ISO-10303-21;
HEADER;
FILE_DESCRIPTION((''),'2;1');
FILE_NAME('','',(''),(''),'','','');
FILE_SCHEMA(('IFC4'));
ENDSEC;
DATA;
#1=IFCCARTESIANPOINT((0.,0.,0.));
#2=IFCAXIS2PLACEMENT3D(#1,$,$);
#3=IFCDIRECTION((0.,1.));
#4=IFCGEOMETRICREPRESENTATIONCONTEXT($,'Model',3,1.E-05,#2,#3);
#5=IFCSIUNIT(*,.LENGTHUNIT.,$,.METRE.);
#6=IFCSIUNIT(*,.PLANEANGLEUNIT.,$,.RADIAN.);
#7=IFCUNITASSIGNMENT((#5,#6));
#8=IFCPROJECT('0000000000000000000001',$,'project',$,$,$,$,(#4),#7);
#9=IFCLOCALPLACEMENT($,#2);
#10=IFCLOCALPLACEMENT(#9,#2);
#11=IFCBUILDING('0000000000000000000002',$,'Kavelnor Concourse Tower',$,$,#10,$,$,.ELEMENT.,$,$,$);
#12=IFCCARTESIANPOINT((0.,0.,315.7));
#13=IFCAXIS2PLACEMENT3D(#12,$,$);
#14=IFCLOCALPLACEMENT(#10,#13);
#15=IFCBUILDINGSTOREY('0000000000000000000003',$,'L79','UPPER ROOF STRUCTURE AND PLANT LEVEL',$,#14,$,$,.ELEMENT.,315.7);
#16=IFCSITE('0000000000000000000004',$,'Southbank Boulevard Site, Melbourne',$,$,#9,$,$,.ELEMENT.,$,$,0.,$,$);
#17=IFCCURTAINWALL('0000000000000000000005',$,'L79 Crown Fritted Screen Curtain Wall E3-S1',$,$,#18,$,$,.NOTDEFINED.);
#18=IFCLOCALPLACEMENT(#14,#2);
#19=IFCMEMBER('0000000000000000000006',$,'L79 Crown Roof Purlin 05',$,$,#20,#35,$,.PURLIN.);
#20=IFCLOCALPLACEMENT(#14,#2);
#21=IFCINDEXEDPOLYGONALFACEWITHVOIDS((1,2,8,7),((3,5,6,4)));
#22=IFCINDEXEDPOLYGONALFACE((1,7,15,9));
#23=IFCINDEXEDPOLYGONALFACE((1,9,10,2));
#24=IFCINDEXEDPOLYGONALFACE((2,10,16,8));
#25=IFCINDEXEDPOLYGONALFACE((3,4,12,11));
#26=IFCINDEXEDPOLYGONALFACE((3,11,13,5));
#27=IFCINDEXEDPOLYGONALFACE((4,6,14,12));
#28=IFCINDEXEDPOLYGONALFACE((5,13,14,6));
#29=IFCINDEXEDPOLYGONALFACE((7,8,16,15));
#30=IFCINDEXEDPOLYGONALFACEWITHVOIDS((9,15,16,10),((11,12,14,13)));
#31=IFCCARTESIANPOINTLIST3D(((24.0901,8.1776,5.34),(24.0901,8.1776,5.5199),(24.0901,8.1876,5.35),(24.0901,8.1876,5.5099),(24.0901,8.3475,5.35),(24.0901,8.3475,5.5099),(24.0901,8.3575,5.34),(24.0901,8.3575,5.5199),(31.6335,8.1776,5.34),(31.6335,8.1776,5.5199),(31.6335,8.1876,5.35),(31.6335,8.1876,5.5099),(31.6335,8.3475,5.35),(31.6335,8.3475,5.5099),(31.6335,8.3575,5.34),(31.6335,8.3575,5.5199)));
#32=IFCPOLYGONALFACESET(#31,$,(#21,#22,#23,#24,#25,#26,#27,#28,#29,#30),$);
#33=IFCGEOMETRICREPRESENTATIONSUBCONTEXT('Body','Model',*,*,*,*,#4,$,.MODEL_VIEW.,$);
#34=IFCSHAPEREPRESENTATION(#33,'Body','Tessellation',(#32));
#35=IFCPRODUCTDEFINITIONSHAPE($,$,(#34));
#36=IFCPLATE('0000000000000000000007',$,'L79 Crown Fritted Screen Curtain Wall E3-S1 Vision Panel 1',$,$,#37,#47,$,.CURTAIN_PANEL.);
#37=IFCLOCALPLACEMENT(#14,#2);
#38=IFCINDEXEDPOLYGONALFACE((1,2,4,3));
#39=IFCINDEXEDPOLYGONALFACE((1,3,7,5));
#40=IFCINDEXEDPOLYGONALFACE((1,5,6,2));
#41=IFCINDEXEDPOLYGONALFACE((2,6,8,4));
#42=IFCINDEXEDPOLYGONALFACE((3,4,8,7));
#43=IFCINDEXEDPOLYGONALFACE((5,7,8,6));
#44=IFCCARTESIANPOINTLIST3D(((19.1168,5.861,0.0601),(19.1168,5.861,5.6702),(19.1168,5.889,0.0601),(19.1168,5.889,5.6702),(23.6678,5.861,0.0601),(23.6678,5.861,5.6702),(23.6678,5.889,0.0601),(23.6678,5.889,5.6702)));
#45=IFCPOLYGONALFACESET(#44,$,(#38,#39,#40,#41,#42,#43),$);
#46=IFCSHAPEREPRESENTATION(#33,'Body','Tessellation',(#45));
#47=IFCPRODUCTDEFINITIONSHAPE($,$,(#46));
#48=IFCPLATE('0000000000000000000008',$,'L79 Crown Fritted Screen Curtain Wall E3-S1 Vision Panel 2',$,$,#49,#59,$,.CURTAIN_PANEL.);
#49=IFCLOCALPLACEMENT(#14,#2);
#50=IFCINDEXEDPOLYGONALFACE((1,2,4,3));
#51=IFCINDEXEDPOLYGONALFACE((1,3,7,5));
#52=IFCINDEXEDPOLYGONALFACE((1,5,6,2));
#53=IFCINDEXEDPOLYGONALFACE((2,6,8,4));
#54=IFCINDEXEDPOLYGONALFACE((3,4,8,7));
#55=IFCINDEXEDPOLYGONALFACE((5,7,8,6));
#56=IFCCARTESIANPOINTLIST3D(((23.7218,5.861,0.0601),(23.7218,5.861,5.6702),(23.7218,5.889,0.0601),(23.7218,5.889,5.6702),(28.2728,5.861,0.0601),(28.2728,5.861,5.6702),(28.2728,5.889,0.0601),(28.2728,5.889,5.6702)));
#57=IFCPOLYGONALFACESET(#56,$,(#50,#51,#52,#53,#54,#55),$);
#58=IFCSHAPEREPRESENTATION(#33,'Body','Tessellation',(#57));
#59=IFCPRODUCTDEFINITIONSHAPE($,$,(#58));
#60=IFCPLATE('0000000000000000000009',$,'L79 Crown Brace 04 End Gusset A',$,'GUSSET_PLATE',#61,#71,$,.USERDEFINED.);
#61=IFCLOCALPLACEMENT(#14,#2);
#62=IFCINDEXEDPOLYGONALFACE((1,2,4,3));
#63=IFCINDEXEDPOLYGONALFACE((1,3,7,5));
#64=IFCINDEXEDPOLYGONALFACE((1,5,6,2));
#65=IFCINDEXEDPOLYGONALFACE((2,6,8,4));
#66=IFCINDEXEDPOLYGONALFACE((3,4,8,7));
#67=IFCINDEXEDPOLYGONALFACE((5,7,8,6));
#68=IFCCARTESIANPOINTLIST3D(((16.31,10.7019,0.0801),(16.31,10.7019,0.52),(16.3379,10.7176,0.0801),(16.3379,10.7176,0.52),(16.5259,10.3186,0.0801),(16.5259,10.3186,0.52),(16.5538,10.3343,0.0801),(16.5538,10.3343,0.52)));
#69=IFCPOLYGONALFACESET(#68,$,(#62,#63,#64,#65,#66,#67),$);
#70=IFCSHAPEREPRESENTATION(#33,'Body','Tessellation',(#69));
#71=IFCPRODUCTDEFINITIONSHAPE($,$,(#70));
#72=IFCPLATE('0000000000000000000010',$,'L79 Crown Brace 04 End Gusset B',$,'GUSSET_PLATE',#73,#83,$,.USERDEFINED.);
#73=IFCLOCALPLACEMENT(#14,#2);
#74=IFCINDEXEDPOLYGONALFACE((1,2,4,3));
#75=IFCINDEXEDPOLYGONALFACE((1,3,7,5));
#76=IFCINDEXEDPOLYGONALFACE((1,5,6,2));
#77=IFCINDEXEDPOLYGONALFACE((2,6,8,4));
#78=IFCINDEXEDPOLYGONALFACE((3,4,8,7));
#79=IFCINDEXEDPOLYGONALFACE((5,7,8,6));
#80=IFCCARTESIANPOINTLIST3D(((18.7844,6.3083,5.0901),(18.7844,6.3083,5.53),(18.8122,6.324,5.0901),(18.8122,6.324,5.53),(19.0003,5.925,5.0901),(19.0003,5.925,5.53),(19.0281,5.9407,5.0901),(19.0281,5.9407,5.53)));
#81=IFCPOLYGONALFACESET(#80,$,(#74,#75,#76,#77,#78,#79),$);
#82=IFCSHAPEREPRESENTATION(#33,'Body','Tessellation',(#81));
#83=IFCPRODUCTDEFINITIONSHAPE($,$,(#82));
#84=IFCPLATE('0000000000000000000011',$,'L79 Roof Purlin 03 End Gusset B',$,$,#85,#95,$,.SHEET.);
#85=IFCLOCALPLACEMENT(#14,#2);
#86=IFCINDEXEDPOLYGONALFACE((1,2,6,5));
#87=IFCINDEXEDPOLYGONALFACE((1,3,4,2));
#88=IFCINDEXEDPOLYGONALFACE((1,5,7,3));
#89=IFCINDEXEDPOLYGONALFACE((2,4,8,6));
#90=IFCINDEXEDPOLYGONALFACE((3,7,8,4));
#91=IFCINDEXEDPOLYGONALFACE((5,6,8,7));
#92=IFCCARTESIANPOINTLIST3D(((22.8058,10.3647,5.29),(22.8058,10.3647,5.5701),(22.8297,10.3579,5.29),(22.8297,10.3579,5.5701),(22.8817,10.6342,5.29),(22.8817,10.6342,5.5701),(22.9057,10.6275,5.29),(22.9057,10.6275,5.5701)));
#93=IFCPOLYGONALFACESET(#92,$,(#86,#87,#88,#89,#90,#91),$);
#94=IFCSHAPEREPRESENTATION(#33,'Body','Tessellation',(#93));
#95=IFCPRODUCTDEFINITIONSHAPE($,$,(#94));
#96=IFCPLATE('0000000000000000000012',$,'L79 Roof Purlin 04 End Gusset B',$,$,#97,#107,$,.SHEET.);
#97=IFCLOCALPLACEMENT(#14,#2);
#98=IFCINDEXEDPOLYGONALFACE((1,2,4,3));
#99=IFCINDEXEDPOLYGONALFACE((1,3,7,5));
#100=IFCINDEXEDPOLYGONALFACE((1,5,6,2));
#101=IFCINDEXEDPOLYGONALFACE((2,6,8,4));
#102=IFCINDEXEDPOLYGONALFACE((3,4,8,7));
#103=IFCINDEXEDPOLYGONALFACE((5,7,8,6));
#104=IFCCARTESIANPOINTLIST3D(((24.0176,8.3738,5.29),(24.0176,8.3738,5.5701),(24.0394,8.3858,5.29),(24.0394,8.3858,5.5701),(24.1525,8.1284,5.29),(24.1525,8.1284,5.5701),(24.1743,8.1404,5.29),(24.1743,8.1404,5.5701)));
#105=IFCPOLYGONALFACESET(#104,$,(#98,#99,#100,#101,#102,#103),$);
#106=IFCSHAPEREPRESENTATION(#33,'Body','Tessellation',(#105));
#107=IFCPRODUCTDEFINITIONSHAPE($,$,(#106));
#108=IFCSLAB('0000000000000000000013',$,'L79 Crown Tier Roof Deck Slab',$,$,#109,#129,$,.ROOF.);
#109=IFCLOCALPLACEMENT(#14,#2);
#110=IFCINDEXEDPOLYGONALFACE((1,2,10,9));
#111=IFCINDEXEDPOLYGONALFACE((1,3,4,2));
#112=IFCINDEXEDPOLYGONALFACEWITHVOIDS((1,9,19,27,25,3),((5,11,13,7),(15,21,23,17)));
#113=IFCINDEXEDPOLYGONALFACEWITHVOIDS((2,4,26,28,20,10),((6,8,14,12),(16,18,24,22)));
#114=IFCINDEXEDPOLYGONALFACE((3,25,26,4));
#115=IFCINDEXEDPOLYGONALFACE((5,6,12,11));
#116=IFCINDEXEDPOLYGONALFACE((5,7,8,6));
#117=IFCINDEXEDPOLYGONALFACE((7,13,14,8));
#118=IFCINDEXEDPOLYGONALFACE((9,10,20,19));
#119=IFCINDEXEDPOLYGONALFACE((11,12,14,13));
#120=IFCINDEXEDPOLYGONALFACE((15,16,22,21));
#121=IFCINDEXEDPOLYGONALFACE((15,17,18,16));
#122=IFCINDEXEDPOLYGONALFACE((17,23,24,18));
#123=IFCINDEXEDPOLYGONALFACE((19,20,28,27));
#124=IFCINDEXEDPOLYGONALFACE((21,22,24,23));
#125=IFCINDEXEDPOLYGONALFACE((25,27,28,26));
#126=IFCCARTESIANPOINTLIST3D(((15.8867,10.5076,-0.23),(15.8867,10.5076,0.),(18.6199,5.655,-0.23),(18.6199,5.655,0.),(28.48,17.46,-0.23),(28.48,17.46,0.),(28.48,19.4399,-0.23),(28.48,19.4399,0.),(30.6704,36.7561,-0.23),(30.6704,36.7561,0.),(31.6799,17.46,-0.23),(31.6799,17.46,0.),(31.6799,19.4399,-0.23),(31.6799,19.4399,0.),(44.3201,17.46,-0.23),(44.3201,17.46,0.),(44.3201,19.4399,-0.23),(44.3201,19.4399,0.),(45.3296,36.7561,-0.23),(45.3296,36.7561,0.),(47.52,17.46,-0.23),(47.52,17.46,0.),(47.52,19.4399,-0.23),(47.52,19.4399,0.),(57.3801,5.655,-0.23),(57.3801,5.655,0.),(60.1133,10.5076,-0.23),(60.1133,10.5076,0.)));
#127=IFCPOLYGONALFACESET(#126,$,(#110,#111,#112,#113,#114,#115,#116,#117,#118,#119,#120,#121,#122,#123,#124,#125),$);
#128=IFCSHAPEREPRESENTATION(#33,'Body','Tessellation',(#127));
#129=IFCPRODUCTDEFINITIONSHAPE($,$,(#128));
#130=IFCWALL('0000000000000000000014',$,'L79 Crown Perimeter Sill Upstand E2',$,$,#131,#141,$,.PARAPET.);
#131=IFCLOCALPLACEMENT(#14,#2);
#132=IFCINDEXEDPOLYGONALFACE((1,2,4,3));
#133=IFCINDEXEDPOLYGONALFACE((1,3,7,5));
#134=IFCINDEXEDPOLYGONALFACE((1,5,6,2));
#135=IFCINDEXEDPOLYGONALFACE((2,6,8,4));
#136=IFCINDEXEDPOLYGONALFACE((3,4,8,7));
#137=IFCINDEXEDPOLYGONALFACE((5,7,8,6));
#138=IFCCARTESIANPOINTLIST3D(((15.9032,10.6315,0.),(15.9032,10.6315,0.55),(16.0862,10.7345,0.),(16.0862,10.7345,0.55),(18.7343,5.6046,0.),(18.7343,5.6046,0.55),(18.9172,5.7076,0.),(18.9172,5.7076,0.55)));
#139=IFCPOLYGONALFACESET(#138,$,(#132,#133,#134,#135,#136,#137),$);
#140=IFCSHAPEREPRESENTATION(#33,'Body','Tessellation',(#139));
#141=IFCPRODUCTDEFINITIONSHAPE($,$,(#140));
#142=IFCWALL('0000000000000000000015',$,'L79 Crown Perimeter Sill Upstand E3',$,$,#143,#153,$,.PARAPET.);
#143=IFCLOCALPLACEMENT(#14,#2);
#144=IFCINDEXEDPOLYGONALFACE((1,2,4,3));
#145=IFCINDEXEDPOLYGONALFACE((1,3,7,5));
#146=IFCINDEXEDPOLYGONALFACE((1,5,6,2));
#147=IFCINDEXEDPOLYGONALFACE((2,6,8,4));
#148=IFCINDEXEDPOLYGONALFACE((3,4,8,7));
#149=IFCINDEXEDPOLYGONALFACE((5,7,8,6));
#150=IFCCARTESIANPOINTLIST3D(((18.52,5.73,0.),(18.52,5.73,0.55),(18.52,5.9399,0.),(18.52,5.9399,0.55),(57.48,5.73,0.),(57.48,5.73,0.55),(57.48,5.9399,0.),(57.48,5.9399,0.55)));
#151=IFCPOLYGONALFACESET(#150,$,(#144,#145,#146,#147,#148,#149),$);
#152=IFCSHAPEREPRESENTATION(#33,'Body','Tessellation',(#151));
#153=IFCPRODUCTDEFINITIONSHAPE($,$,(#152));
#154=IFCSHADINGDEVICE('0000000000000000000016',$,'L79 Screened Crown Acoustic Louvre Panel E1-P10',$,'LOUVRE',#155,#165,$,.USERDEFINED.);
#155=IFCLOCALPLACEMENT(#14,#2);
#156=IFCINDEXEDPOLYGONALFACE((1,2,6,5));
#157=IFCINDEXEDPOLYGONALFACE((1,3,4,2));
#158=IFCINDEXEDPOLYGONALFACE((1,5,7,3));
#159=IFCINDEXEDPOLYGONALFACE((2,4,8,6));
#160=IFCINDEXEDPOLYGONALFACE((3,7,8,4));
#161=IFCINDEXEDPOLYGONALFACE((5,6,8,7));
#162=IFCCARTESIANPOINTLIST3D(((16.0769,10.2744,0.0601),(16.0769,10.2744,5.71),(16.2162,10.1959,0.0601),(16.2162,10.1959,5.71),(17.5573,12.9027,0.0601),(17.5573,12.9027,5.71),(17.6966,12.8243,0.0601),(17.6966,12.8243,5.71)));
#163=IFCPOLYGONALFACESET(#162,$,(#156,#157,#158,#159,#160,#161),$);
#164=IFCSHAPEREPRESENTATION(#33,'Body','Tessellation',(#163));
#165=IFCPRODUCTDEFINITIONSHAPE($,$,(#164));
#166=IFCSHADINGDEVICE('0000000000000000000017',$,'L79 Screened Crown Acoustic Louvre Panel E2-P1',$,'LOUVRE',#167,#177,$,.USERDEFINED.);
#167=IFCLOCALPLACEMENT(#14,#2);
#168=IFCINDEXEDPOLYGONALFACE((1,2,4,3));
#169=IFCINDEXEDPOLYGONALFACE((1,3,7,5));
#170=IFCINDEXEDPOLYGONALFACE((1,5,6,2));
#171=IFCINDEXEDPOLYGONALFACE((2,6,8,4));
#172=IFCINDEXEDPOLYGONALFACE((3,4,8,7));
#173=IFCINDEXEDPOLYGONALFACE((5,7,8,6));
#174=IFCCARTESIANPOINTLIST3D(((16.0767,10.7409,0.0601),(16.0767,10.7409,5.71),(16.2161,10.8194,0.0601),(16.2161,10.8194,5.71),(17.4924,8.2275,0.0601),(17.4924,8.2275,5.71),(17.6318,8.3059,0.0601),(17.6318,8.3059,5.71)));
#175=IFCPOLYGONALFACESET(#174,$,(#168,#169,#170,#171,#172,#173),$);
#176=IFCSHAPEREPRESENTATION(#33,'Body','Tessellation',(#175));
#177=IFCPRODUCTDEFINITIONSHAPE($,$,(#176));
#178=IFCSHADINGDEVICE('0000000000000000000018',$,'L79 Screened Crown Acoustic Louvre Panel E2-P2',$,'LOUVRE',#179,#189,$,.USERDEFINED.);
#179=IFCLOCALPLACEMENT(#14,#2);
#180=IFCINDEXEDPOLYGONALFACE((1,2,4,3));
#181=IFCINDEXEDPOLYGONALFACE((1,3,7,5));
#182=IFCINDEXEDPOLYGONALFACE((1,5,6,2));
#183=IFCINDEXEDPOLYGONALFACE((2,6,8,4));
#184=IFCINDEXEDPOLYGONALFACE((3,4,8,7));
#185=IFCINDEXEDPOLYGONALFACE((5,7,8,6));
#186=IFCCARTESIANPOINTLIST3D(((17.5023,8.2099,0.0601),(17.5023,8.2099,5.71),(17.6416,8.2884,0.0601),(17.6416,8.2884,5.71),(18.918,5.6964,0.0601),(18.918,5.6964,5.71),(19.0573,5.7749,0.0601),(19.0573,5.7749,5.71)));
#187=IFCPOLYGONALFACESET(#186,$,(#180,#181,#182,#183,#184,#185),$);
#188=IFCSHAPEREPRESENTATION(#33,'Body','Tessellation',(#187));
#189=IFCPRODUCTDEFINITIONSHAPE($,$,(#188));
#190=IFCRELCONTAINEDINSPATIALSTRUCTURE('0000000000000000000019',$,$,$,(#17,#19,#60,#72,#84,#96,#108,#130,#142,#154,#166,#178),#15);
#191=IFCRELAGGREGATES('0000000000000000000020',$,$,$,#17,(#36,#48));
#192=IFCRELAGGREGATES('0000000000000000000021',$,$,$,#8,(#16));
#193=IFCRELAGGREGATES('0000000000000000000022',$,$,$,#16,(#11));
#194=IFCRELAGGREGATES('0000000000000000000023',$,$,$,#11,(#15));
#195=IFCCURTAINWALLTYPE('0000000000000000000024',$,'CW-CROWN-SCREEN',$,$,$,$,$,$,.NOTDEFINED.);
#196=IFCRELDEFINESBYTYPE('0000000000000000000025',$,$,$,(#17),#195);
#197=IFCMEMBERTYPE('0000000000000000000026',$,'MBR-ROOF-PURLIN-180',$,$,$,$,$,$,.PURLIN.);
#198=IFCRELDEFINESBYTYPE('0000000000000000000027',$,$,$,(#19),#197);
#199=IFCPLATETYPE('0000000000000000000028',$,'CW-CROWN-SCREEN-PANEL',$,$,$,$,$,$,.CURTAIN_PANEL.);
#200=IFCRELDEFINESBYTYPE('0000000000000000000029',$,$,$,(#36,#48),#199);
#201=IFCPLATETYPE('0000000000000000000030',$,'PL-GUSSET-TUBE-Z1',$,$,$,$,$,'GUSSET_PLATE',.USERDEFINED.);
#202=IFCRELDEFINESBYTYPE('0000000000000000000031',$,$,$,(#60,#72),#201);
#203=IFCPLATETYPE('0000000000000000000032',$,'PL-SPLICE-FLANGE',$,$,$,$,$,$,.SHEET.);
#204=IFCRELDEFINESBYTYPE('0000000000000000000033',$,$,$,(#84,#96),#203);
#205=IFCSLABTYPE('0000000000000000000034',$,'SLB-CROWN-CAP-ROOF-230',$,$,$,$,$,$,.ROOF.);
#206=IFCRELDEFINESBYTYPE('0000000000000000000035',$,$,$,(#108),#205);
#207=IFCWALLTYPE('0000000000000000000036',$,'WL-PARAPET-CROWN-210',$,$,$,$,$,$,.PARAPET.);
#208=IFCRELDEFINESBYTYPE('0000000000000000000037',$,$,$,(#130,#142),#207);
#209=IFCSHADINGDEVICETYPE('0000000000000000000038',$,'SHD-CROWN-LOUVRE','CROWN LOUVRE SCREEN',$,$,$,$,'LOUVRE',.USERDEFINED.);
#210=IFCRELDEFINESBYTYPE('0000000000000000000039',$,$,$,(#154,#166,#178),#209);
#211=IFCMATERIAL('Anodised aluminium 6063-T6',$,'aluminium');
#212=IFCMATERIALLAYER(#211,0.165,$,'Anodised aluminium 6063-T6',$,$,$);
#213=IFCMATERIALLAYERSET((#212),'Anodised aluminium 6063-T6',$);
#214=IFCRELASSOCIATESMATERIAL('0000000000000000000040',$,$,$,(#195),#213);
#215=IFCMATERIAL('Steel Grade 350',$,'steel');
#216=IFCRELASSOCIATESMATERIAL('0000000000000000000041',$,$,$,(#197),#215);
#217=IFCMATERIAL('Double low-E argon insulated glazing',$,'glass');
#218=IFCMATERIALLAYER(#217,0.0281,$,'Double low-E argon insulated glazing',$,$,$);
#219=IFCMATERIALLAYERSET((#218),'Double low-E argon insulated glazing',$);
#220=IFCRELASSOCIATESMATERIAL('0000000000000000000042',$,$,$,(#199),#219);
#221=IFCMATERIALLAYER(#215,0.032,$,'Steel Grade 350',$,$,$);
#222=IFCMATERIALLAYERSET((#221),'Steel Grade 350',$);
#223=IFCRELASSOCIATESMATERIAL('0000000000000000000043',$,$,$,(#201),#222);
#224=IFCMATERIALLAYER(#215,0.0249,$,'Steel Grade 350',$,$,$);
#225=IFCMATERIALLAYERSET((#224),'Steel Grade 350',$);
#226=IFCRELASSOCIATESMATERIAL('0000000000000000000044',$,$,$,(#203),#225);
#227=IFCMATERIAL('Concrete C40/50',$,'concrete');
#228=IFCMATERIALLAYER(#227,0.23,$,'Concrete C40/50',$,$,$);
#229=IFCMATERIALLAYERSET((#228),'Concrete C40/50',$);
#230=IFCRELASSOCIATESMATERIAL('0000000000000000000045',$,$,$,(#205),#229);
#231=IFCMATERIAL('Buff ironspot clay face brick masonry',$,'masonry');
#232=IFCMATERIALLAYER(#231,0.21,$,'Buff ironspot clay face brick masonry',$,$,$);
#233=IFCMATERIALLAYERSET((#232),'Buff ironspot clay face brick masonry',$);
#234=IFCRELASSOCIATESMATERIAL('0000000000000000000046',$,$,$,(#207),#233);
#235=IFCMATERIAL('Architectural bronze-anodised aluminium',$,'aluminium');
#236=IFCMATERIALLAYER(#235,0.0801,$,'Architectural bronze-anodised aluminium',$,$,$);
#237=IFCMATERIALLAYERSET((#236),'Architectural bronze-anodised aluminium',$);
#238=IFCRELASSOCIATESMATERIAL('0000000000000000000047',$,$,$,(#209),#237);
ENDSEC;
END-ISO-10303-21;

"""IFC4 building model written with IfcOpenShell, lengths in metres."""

from ifc_helpers import new_model, si_unit, direction, frame, frame_2d, origin, origin_2d, place, context, subcontext, project, spatial, polyline, rectangle, hollow_rectangle, outline, extrude, material, layer, layer_set, material_profile, profile_set, type_object, element, aggregate, save


model = new_model("IFC4")

# Units and contexts
model_context = context("Model", 3, precision=1e-05, world=origin(), true_north=direction((0.0, 1.0)))
body_context = subcontext(model_context, "Body", "Model", "MODEL_VIEW")
ifc_project = project(units=[si_unit("LENGTHUNIT", "METRE"), si_unit("PLANEANGLEUNIT", "RADIAN")], contexts=[model_context])

# Site, building, storey
site_placement = place(None, origin())
site = spatial("IfcSite", under=ifc_project, at=site_placement, Name="Southbank Boulevard Site, Melbourne", CompositionType="ELEMENT", RefElevation=0.0)
building_placement = place(site_placement, origin())
building = spatial("IfcBuilding", under=site, at=building_placement, Name="Kavelnor Concourse Tower", CompositionType="ELEMENT")
storey_placement = place(building_placement, frame((0.0, 0.0, 315.7)))
storey = spatial("IfcBuildingStorey", under=building, at=storey_placement, Name="L79", Description="UPPER ROOF STRUCTURE AND PLANT LEVEL", CompositionType="ELEMENT", Elevation=315.7)

# Shared definitions
ifc_material_1 = material(Name="Steel Grade 350", Category="steel")

# Shared definitions
ifc_material_2 = material(Name="Anodised aluminium 6063-T6", Category="aluminium")
ifc_layer_1 = layer(ifc_material_2, 0.165, Name="Anodised aluminium 6063-T6")
ifc_layer_set_1 = layer_set([ifc_layer_1], Name="Anodised aluminium 6063-T6")
curtain_wall_type = type_object("IfcCurtainWallType", Name="CW-CROWN-SCREEN", PredefinedType="NOTDEFINED", material=ifc_layer_set_1)

# Curtain wall
curtain_wall_1_placement = place(storey_placement, origin())
curtain_wall_1 = element("IfcCurtainWall", 1, at=curtain_wall_1_placement, inside=storey, type_object=curtain_wall_type, Name="L79 Crown Fritted Screen Curtain Wall E3-S1", PredefinedType="NOTDEFINED")

# Member
ifc_material_profile_1 = material_profile(ifc_material_1, hollow_rectangle(XDim=0.1799, YDim=0.1799, WallThickness=0.01, at=origin_2d()), Name="SHS 180x180x10")
ifc_profile_set_1 = profile_set([ifc_material_profile_1], Name="Steel Grade 350")
member_type_1 = type_object("IfcMemberType", Name="MBR-ROOF-PURLIN-180", PredefinedType="PURLIN", material=ifc_profile_set_1)
member_1_placement = place(storey_placement, frame((24.0901, 8.2676, 5.4299), z_axis=(1.0, 0.0, 0.0), x_axis=(0.0, 1.0, 0.0)))
element("IfcMember", 2, at=member_1_placement, inside=storey, type_object=member_type_1, Name="L79 Crown Roof Purlin 05", PredefinedType="PURLIN", context=body_context, shape_type="SweptSolid", body=[
    extrude(hollow_rectangle(XDim=0.1799, YDim=0.1799, WallThickness=0.01, at=origin_2d()), origin(), (0.0, 0.0, 1.0), 7.5435),
])

# Plates
ifc_material_3 = material(Name="Double low-E argon insulated glazing", Category="glass")
ifc_layer_2 = layer(ifc_material_3, 0.0281, Name="Double low-E argon insulated glazing")
ifc_layer_set_2 = layer_set([ifc_layer_2], Name="Double low-E argon insulated glazing")
plate_type_1 = type_object("IfcPlateType", Name="CW-CROWN-SCREEN-PANEL", PredefinedType="CURTAIN_PANEL", material=ifc_layer_set_2)
plate_1_placement = place(storey_placement, frame((21.3923, 5.875, 0.0601), z_axis=(0.0, 0.0, 1.0), x_axis=(1.0, 0.0, 0.0)))
plate_1 = element("IfcPlate", 3, at=plate_1_placement, type_object=plate_type_1, Name="L79 Crown Fritted Screen Curtain Wall E3-S1 Vision Panel 1", PredefinedType="CURTAIN_PANEL", context=body_context, shape_type="SweptSolid", body=[
    extrude(rectangle(XDim=4.551, YDim=0.0281, at=origin_2d()), origin(), (0.0, 0.0, 1.0), 5.6101),
])
plate_2_placement = place(storey_placement, frame((25.9973, 5.875, 0.0601), z_axis=(0.0, 0.0, 1.0), x_axis=(1.0, 0.0, 0.0)))
plate_2 = element("IfcPlate", 4, at=plate_2_placement, type_object=plate_type_1, Name="L79 Crown Fritted Screen Curtain Wall E3-S1 Vision Panel 2", PredefinedType="CURTAIN_PANEL", context=body_context, shape_type="SweptSolid", body=[
    extrude(rectangle(XDim=4.551, YDim=0.0281, at=origin_2d()), origin(), (0.0, 0.0, 1.0), 5.6101),
])
aggregate(curtain_wall_1, [plate_1, plate_2])

# Plates
ifc_layer_3 = layer(ifc_material_1, 0.032, Name="Steel Grade 350")
ifc_layer_set_3 = layer_set([ifc_layer_3], Name="Steel Grade 350")
plate_type_2 = type_object("IfcPlateType", Name="PL-GUSSET-TUBE-Z1", ElementType="GUSSET_PLATE", PredefinedType="USERDEFINED", material=ifc_layer_set_3)
for number, where, z_axis, x_axis, name in (
    (5, (16.4319, 10.5181, 0.0801), (0.0, 0.0, 1.0), (0.490752, -0.871299, 0.0), "L79 Crown Brace 04 End Gusset A"),
    (6, (18.9062, 6.1245, 5.0901), (0.0, 0.0, 1.0), (0.490752, -0.871299, 0.0), "L79 Crown Brace 04 End Gusset B"),
):
    element("IfcPlate", number, at=place(storey_placement, frame(where, z_axis=z_axis, x_axis=x_axis)), inside=storey, type_object=plate_type_2, Name=name, ObjectType="GUSSET_PLATE", PredefinedType="USERDEFINED", context=body_context, shape_type="SweptSolid", body=[
        extrude(rectangle(XDim=0.4399, YDim=0.032, at=origin_2d()), origin(), (0.0, 0.0, 1.0), 0.4399),
    ])
ifc_layer_4 = layer(ifc_material_1, 0.0249, Name="Steel Grade 350")
ifc_layer_set_4 = layer_set([ifc_layer_4], Name="Steel Grade 350")
plate_type_3 = type_object("IfcPlateType", Name="PL-SPLICE-FLANGE", PredefinedType="SHEET", material=ifc_layer_set_4)
for number, where, z_axis, x_axis, name in (
    (7, (22.8557, 10.4961, 5.29), (0.0, 0.0, 1.0), (-0.271104, -0.96255, 0.0), "L79 Roof Purlin 03 End Gusset B"),
    (8, (24.0959, 8.2571, 5.29), (0.0, 0.0, 1.0), (0.481754, -0.876307, 0.0), "L79 Roof Purlin 04 End Gusset B"),
):
    element("IfcPlate", number, at=place(storey_placement, frame(where, z_axis=z_axis, x_axis=x_axis)), inside=storey, type_object=plate_type_3, Name=name, PredefinedType="SHEET", context=body_context, shape_type="SweptSolid", body=[
        extrude(rectangle(XDim=0.28, YDim=0.0249, at=origin_2d()), origin(), (0.0, 0.0, 1.0), 0.28),
    ])

# Slab
ifc_material_4 = material(Name="Concrete C40/50", Category="concrete")
ifc_layer_5 = layer(ifc_material_4, 0.23, Name="Concrete C40/50")
ifc_layer_set_5 = layer_set([ifc_layer_5], Name="Concrete C40/50")
slab_type = type_object("IfcSlabType", Name="SLB-CROWN-CAP-ROOF-230", PredefinedType="ROOF", material=ifc_layer_set_5)
slab_placement = place(storey_placement, frame((0.0, 0.0, -0.23)))
element("IfcSlab", 9, at=slab_placement, inside=storey, type_object=slab_type, Name="L79 Crown Tier Roof Deck Slab", PredefinedType="ROOF", context=body_context, shape_type="SweptSolid", body=[
    extrude(outline(polyline([(45.3296, 36.7561), (30.6704, 36.7561), (15.8867, 10.5076), (18.6199, 5.655), (57.3801, 5.655), (60.1133, 10.5076), (45.3296, 36.7561)]), holes=[polyline([(28.48, 17.46), (31.6799, 17.46), (31.6799, 19.4399), (28.48, 19.4399), (28.48, 17.46)]), polyline([(44.3201, 17.46), (47.52, 17.46), (47.52, 19.4399), (44.3201, 19.4399), (44.3201, 17.46)])]), origin(), (0.0, 0.0, 1.0), 0.23),
])

# Walls
ifc_material_5 = material(Name="Buff ironspot clay face brick masonry", Category="masonry")
ifc_layer_6 = layer(ifc_material_5, 0.21, Name="Buff ironspot clay face brick masonry")
ifc_layer_set_6 = layer_set([ifc_layer_6], Name="Buff ironspot clay face brick masonry")
wall_type = type_object("IfcWallType", Name="WL-PARAPET-CROWN-210", PredefinedType="PARAPET", material=ifc_layer_set_6)
wall_1_placement = place(storey_placement, frame((15.9946, 10.6831, 0.0), z_axis=(0.0, 0.0, 1.0), x_axis=(0.490715, -0.87132, 0.0)))
element("IfcWall", 10, at=wall_1_placement, inside=storey, type_object=wall_type, Name="L79 Crown Perimeter Sill Upstand E2", PredefinedType="PARAPET", context=body_context, shape_type="SweptSolid", body=[
    extrude(rectangle(XDim=5.7693, YDim=0.21, at=frame_2d((2.8848, 0.0))), origin(), (0.0, 0.0, 1.0), 0.55),
])
wall_2_placement = place(storey_placement, frame((18.52, 5.835, 0.0), z_axis=(0.0, 0.0, 1.0), x_axis=(1.0, 0.0, 0.0)))
element("IfcWall", 11, at=wall_2_placement, inside=storey, type_object=wall_type, Name="L79 Crown Perimeter Sill Upstand E3", PredefinedType="PARAPET", context=body_context, shape_type="SweptSolid", body=[
    extrude(rectangle(XDim=38.96, YDim=0.21, at=frame_2d((19.48, 0.0))), origin(), (0.0, 0.0, 1.0), 0.55),
])

# Shading devices
ifc_material_6 = material(Name="Architectural bronze-anodised aluminium", Category="aluminium")
ifc_layer_7 = layer(ifc_material_6, 0.0801, Name="Architectural bronze-anodised aluminium")
ifc_layer_set_7 = layer_set([ifc_layer_7], Name="Architectural bronze-anodised aluminium")
shading_device_type = type_object("IfcShadingDeviceType", Name="SHD-CROWN-LOUVRE", Description="CROWN LOUVRE SCREEN", ElementType="LOUVRE", PredefinedType="USERDEFINED", material=ifc_layer_set_7)
shading_device_placement = place(storey_placement, frame((16.8867, 11.5493, 0.0601), z_axis=(0.0, 0.0, 1.0), x_axis=(-0.490752, -0.871299, 0.0)))
element("IfcShadingDevice", 12, at=shading_device_placement, inside=storey, type_object=shading_device_type, Name="L79 Screened Crown Acoustic Louvre Panel E1-P10", ObjectType="LOUVRE", PredefinedType="USERDEFINED", context=body_context, shape_type="SweptSolid", body=[
    extrude(rectangle(XDim=3.0166, YDim=0.1599, at=origin_2d()), origin(), (0.0, 0.0, 1.0), 5.6499),
])
for number, where, z_axis, x_axis, name in (
    (13, (16.8542, 9.5234, 0.0601), (0.0, 0.0, 1.0), (0.490752, -0.871299, 0.0), "L79 Screened Crown Acoustic Louvre Panel E2-P1"),
    (14, (18.2798, 6.9924, 0.0601), (0.0, 0.0, 1.0), (0.490752, -0.871299, 0.0), "L79 Screened Crown Acoustic Louvre Panel E2-P2"),
):
    element("IfcShadingDevice", number, at=place(storey_placement, frame(where, z_axis=z_axis, x_axis=x_axis)), inside=storey, type_object=shading_device_type, Name=name, ObjectType="LOUVRE", PredefinedType="USERDEFINED", context=body_context, shape_type="SweptSolid", body=[
        extrude(rectangle(XDim=2.8848, YDim=0.1599, at=origin_2d()), origin(), (0.0, 0.0, 1.0), 5.6499),
    ])

save(model, "model.ifc")
